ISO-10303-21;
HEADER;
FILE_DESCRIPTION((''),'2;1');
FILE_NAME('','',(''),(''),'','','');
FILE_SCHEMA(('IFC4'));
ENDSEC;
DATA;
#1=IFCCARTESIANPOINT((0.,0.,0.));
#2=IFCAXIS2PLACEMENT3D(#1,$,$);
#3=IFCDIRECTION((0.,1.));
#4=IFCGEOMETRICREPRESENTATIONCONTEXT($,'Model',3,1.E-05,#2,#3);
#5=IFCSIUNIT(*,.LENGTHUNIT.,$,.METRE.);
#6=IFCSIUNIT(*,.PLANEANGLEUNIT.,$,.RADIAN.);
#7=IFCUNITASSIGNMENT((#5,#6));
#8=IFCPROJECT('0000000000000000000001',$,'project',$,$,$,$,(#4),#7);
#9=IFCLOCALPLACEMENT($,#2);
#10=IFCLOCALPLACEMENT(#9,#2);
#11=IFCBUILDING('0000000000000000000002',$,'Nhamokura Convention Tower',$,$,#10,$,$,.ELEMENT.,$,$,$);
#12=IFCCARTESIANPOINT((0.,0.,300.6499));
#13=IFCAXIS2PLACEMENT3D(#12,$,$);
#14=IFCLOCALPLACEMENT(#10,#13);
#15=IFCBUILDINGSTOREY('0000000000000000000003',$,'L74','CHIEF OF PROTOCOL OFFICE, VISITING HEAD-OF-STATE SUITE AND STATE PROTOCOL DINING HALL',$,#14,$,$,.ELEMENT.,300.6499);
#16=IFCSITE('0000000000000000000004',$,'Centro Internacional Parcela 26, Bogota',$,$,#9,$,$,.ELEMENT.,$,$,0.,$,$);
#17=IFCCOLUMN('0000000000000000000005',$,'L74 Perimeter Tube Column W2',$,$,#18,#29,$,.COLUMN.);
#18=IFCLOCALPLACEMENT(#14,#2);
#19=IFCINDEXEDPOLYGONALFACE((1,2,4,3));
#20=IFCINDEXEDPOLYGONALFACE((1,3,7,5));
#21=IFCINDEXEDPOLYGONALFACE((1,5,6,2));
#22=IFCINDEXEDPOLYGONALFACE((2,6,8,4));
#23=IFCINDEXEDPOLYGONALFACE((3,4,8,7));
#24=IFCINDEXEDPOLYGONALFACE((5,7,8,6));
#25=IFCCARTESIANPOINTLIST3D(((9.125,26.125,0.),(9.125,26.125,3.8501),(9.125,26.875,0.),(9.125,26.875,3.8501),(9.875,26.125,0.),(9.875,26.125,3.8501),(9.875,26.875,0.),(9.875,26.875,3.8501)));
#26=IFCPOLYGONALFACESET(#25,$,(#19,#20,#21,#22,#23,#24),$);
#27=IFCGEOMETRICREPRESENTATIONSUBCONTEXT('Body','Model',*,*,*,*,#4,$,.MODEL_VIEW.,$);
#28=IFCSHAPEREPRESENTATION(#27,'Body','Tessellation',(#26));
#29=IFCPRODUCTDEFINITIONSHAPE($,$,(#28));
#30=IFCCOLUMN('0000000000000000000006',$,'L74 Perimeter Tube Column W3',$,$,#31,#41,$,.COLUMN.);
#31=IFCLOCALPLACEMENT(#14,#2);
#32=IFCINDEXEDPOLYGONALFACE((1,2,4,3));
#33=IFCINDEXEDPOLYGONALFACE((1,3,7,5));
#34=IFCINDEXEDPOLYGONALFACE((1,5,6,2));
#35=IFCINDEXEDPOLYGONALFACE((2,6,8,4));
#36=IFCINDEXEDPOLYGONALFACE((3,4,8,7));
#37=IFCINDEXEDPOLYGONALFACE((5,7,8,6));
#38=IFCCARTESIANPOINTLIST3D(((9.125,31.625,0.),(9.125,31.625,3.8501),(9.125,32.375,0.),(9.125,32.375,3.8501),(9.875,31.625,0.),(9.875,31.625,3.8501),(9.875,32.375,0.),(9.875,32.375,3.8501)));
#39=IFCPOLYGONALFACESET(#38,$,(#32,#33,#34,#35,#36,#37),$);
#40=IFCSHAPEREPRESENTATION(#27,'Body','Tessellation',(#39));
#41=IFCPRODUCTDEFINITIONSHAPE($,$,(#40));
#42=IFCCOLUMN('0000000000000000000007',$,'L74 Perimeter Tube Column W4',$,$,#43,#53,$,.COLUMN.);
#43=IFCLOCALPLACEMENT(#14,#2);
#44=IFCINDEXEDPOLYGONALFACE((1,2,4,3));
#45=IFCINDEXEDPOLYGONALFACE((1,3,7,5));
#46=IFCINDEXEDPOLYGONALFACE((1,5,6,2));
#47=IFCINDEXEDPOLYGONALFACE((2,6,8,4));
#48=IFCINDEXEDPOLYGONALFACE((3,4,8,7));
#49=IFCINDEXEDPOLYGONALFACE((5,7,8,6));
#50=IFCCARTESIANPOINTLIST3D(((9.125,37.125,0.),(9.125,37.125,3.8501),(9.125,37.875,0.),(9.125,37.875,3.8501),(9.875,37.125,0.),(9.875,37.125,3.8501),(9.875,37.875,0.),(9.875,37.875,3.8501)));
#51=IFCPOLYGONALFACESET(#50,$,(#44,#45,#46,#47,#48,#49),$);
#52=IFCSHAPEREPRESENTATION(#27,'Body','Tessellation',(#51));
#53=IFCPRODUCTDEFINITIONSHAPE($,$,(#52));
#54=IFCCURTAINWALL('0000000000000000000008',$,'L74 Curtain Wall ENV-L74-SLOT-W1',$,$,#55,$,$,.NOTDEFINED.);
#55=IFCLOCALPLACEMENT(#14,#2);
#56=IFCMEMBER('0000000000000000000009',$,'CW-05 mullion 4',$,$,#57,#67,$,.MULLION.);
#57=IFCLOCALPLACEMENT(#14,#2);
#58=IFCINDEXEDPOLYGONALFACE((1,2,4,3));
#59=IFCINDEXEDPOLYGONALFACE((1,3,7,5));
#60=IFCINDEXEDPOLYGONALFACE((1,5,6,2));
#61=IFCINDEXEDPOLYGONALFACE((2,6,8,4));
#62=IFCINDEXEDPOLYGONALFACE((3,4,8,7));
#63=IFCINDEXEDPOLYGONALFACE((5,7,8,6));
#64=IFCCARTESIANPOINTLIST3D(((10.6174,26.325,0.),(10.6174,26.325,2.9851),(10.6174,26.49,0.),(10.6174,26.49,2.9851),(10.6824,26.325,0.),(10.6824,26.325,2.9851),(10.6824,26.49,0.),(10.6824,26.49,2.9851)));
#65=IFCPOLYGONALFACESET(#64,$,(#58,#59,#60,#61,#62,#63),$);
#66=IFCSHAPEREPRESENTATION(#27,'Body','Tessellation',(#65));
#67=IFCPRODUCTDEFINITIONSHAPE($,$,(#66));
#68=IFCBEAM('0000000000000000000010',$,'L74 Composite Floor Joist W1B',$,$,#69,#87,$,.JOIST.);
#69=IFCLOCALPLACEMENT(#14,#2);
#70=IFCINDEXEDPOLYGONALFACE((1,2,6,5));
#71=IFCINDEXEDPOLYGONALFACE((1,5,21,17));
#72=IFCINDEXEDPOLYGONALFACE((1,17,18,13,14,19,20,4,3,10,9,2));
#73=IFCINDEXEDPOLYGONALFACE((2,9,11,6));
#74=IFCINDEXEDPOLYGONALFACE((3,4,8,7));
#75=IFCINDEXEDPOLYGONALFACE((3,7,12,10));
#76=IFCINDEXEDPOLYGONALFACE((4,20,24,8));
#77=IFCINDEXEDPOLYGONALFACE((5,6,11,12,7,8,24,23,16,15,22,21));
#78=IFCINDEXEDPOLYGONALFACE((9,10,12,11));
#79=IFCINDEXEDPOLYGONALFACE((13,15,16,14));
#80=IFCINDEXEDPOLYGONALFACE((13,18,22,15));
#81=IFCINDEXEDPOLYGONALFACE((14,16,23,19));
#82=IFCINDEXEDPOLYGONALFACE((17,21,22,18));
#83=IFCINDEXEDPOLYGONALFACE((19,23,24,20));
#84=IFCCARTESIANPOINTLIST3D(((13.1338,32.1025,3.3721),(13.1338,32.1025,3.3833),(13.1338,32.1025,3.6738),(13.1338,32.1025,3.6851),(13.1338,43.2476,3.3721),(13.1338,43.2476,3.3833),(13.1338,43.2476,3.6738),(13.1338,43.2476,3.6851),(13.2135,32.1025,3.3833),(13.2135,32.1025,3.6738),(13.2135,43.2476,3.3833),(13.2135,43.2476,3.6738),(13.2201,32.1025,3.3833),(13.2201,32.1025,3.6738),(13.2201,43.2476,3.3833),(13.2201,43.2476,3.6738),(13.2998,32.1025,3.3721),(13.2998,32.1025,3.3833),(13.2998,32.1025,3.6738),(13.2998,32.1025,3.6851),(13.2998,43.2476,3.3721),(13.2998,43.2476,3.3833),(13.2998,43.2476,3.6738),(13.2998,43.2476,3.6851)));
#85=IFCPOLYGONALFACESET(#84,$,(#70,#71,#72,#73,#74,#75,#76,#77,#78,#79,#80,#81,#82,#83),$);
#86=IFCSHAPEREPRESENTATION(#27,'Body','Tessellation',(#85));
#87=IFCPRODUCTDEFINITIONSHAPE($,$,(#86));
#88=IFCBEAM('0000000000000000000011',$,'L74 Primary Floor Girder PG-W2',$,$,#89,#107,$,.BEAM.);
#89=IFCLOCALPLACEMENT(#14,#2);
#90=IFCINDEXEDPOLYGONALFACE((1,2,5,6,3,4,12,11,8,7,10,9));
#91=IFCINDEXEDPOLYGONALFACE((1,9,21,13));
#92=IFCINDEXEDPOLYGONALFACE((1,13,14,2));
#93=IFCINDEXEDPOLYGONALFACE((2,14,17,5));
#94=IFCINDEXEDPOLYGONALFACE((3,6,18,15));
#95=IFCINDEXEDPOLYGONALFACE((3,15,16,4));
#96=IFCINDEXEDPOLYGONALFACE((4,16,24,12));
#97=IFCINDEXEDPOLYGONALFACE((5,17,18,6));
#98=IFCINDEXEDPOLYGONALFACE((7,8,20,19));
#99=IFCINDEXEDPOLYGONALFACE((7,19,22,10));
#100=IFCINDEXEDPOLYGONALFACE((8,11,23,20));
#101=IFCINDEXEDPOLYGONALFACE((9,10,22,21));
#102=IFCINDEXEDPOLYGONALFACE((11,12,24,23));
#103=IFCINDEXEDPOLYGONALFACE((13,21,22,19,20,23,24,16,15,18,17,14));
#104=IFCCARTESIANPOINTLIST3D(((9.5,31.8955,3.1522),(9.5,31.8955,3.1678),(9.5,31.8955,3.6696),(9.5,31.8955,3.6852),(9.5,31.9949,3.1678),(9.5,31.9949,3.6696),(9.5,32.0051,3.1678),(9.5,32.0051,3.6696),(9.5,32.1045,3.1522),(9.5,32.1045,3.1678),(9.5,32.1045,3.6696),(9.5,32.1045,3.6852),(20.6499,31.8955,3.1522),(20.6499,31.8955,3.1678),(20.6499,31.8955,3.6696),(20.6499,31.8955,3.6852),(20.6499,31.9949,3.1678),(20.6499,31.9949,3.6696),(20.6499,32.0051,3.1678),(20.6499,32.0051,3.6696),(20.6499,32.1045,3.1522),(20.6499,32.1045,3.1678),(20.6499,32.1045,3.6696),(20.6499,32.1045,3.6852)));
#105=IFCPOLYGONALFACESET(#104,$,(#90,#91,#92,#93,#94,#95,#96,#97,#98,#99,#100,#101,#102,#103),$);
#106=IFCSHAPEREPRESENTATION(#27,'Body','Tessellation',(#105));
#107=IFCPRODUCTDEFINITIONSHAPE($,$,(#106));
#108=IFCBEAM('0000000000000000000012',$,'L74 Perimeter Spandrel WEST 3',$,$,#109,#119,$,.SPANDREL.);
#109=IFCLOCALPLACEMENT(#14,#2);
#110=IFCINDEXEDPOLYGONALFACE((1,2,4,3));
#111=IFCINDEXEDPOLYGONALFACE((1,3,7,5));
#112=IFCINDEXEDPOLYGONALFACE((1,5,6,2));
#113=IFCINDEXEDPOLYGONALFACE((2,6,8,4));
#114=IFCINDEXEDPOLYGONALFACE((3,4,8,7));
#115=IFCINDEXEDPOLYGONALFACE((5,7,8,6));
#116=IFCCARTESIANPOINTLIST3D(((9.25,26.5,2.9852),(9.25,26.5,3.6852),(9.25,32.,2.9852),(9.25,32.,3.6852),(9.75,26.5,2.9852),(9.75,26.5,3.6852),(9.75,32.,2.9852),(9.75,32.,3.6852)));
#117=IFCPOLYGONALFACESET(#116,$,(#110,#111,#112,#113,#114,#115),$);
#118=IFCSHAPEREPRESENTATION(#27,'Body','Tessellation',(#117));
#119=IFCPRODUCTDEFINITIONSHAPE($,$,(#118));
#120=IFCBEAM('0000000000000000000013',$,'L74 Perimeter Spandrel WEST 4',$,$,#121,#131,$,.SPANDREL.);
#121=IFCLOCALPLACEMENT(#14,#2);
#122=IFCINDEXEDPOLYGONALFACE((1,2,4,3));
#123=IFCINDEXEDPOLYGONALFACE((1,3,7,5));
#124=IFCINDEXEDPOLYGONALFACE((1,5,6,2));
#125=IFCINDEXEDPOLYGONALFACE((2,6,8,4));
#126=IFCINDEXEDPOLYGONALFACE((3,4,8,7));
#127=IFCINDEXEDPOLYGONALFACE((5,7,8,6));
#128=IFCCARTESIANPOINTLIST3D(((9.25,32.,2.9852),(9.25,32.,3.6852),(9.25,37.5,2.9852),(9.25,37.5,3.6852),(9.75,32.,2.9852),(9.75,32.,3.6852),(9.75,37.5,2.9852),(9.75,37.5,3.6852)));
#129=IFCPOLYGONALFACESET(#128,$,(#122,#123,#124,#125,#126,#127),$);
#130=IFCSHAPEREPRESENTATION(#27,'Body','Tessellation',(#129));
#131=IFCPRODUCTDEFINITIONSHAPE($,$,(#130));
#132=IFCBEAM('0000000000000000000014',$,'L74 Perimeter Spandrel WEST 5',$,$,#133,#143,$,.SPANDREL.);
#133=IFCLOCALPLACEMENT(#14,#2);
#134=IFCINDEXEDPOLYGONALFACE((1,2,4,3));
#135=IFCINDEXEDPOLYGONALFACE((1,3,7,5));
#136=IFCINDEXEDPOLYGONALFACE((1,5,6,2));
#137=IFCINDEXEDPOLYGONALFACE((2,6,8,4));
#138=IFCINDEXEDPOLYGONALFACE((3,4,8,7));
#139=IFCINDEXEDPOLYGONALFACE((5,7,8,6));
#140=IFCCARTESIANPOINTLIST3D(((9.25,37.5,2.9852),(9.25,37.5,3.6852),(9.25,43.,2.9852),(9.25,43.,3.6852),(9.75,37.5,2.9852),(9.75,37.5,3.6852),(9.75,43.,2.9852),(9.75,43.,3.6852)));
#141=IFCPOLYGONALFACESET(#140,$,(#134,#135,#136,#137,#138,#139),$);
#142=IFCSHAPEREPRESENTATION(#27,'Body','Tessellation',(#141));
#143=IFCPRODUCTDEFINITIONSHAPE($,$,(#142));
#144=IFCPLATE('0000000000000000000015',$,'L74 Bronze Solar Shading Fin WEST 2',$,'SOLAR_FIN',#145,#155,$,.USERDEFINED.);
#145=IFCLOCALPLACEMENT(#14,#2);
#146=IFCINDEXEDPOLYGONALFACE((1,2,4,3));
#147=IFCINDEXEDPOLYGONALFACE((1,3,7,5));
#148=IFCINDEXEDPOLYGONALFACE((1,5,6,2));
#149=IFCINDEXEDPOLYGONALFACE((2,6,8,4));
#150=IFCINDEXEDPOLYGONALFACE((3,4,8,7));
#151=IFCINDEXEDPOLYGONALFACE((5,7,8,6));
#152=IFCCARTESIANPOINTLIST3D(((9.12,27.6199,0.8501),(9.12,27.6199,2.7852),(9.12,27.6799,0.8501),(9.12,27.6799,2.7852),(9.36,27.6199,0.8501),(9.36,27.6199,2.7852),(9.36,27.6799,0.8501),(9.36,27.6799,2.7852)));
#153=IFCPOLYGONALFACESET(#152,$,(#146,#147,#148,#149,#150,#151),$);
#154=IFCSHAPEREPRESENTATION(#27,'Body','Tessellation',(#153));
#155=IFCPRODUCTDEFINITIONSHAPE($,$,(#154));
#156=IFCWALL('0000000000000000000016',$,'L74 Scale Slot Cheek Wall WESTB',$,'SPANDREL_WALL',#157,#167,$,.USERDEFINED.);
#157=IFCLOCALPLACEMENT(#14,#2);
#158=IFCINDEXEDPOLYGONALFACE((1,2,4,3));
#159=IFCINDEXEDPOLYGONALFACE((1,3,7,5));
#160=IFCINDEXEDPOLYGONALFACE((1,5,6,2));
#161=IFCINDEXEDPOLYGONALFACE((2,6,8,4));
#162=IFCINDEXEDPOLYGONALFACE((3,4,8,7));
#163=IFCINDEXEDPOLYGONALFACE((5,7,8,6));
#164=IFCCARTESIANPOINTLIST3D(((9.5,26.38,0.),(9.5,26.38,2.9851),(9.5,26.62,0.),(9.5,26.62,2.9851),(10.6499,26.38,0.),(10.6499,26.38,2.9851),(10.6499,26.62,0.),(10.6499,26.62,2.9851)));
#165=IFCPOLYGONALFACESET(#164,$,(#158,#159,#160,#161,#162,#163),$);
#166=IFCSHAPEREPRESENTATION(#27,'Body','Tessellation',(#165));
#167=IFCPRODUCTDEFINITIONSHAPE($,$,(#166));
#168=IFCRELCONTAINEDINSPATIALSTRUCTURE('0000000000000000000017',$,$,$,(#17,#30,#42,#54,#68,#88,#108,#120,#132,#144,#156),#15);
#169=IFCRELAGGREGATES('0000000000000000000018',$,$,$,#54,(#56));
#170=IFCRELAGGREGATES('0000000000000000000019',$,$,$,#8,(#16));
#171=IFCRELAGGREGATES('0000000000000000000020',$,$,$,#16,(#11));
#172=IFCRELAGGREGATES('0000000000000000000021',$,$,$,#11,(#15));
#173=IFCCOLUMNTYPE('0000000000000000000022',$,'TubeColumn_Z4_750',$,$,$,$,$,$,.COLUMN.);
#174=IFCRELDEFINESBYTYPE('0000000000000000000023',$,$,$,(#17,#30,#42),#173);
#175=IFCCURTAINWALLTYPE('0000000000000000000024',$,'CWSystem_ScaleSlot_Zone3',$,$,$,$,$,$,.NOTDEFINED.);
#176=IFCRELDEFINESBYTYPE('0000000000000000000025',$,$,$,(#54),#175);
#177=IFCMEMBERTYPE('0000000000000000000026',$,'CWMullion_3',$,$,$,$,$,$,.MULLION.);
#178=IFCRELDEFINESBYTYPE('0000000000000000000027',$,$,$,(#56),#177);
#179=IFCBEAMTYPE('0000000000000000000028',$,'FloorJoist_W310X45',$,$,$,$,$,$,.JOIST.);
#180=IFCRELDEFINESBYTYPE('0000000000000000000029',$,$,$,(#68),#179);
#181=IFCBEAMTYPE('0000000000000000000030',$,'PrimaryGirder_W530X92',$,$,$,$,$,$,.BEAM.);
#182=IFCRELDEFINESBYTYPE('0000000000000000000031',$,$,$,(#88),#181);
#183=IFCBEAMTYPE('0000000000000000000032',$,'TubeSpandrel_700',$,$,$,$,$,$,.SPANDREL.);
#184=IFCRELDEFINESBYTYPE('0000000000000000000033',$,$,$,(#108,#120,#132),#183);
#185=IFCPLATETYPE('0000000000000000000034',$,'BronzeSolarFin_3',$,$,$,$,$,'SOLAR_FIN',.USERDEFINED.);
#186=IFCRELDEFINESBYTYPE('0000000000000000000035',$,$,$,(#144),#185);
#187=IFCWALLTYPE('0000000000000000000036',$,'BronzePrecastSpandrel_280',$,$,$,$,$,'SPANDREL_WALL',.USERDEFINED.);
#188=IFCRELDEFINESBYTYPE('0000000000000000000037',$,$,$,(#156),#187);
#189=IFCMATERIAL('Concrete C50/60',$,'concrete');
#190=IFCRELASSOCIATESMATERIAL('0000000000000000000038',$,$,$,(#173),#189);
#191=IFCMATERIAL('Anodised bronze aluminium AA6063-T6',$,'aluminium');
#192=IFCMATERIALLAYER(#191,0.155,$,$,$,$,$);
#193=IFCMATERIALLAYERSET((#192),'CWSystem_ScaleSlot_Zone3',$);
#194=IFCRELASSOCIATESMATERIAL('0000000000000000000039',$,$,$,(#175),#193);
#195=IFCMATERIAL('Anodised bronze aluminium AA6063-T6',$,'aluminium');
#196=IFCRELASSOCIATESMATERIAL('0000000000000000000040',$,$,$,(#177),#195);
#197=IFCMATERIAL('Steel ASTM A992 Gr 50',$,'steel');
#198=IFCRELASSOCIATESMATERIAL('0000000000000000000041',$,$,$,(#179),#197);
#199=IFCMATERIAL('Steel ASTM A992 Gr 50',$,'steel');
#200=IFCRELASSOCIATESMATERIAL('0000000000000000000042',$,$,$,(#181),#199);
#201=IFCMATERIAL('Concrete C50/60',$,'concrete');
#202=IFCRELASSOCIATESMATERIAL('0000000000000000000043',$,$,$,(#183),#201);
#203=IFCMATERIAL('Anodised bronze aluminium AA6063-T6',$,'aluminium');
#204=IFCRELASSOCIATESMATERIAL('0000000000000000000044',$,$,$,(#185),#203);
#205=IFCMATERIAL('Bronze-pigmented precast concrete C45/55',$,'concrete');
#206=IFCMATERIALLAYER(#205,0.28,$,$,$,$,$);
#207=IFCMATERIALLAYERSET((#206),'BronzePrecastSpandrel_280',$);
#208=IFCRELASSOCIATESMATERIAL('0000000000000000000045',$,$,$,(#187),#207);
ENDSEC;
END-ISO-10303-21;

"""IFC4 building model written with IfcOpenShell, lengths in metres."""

from ifc_helpers import new_model, si_unit, direction, frame, frame_2d, origin, origin_2d, place, context, subcontext, project, spatial, rectangle, i_section, extrude, material, layer, layer_set, material_profile, profile_set, type_object, element, aggregate, save


model = new_model("IFC4")

# Units and contexts
model_context = context("Model", 3, precision=1e-05, world=origin(), true_north=direction((0.0, 1.0)))
body_context = subcontext(model_context, "Body", "Model", "MODEL_VIEW")
ifc_project = project(units=[si_unit("LENGTHUNIT", "METRE"), si_unit("PLANEANGLEUNIT", "RADIAN")], contexts=[model_context])

# Site, building, storey
site_placement = place(None, origin())
site = spatial("IfcSite", under=ifc_project, at=site_placement, Name="Centro Internacional Parcela 26, Bogota", CompositionType="ELEMENT", RefElevation=0.0)
building_placement = place(site_placement, origin())
building = spatial("IfcBuilding", under=site, at=building_placement, Name="Nhamokura Convention Tower", CompositionType="ELEMENT")
storey_placement = place(building_placement, frame((0.0, 0.0, 300.6499)))
storey = spatial("IfcBuildingStorey", under=building, at=storey_placement, Name="L74", Description="CHIEF OF PROTOCOL OFFICE, VISITING HEAD-OF-STATE SUITE AND STATE PROTOCOL DINING HALL", CompositionType="ELEMENT", Elevation=300.6499)

# Columns
ifc_material_1 = material(Name="Concrete C50/60", Category="concrete")
ifc_material_profile_1 = material_profile(ifc_material_1, rectangle(XDim=0.75, YDim=0.75, at=origin_2d()))
ifc_profile_set_1 = profile_set([ifc_material_profile_1], Name="Concrete C50/60")
column_type = type_object("IfcColumnType", Name="TubeColumn_Z4_750", PredefinedType="COLUMN", material=ifc_profile_set_1)
for number, where, z_axis, x_axis, name in (
    (1, (9.5, 26.5, 0.0), (0.0, 0.0, 1.0), (1.0, 0.0, 0.0), "L74 Perimeter Tube Column W2"),
    (2, (9.5, 32.0, 0.0), (0.0, 0.0, 1.0), (1.0, 0.0, 0.0), "L74 Perimeter Tube Column W3"),
    (3, (9.5, 37.5, 0.0), (0.0, 0.0, 1.0), (1.0, 0.0, 0.0), "L74 Perimeter Tube Column W4"),
):
    element("IfcColumn", number, at=place(storey_placement, frame(where, z_axis=z_axis, x_axis=x_axis)), inside=storey, type_object=column_type, Name=name, PredefinedType="COLUMN", context=body_context, shape_type="SweptSolid", body=[
        extrude(rectangle(XDim=0.75, YDim=0.75, at=origin_2d()), origin(), (0.0, 0.0, 1.0), 3.8501),
    ])

# Curtain wall, member
ifc_material_2 = material(Name="Anodised bronze aluminium AA6063-T6", Category="aluminium")
ifc_layer_1 = layer(ifc_material_2, 0.155)
ifc_layer_set_1 = layer_set([ifc_layer_1], Name="CWSystem_ScaleSlot_Zone3")
curtain_wall_type = type_object("IfcCurtainWallType", Name="CWSystem_ScaleSlot_Zone3", PredefinedType="NOTDEFINED", material=ifc_layer_set_1)
curtain_wall_placement = place(storey_placement, origin())
curtain_wall = element("IfcCurtainWall", 4, at=curtain_wall_placement, inside=storey, type_object=curtain_wall_type, Name="L74 Curtain Wall ENV-L74-SLOT-W1", PredefinedType="NOTDEFINED")
ifc_material_3 = material(Name="Anodised bronze aluminium AA6063-T6", Category="aluminium")
ifc_material_profile_2 = material_profile(ifc_material_3, rectangle(XDim=0.0649, YDim=0.165, at=origin_2d()))
ifc_profile_set_2 = profile_set([ifc_material_profile_2], Name="Anodised bronze aluminium AA6063-T6")
member_type = type_object("IfcMemberType", Name="CWMullion_3", PredefinedType="MULLION", material=ifc_profile_set_2)
member_placement = place(storey_placement, frame((10.6499, 26.4075, 0.0), z_axis=(0.0, 0.0, 1.0), x_axis=(-1.0, 0.0, 0.0)))
member = element("IfcMember", 5, at=member_placement, type_object=member_type, Name="CW-05 mullion 4", PredefinedType="MULLION", context=body_context, shape_type="SweptSolid", body=[
    extrude(rectangle(XDim=0.0649, YDim=0.165, at=origin_2d()), origin(), (0.0, 0.0, 1.0), 2.9851),
])
aggregate(curtain_wall, [member])

# Beams
ifc_material_4 = material(Name="Steel ASTM A992 Gr 50", Category="steel")
ifc_material_profile_3 = material_profile(ifc_material_4, i_section(OverallWidth=0.166, OverallDepth=0.313, WebThickness=0.0066, FlangeThickness=0.0112, at=origin_2d()))
ifc_profile_set_3 = profile_set([ifc_material_profile_3], Name="Steel ASTM A992 Gr 50")
beam_type_1 = type_object("IfcBeamType", Name="FloorJoist_W310X45", PredefinedType="JOIST", material=ifc_profile_set_3)
beam_1_placement = place(storey_placement, frame((13.2168, 32.1025, 3.5286), z_axis=(0.0, 1.0, 0.0), x_axis=(-1.0, 0.0, 0.0)))
element("IfcBeam", 6, at=beam_1_placement, inside=storey, type_object=beam_type_1, Name="L74 Composite Floor Joist W1B", PredefinedType="JOIST", context=body_context, shape_type="SweptSolid", body=[
    extrude(i_section(OverallWidth=0.166, OverallDepth=0.313, WebThickness=0.0066, FlangeThickness=0.0112, at=origin_2d()), origin(), (0.0, 0.0, 1.0), 11.145),
])
ifc_material_5 = material(Name="Steel ASTM A992 Gr 50", Category="steel")
ifc_material_profile_4 = material_profile(ifc_material_5, i_section(OverallWidth=0.209, OverallDepth=0.533, WebThickness=0.0103, FlangeThickness=0.0156, at=origin_2d()))
ifc_profile_set_4 = profile_set([ifc_material_profile_4], Name="Steel ASTM A992 Gr 50")
beam_type_2 = type_object("IfcBeamType", Name="PrimaryGirder_W530X92", PredefinedType="BEAM", material=ifc_profile_set_4)
beam_2_placement = place(storey_placement, frame((9.5, 32.0, 3.4187), z_axis=(1.0, 0.0, 0.0), x_axis=(0.0, 1.0, 0.0)))
element("IfcBeam", 7, at=beam_2_placement, inside=storey, type_object=beam_type_2, Name="L74 Primary Floor Girder PG-W2", PredefinedType="BEAM", context=body_context, shape_type="SweptSolid", body=[
    extrude(i_section(OverallWidth=0.209, OverallDepth=0.533, WebThickness=0.0103, FlangeThickness=0.0156, at=origin_2d()), origin(), (0.0, 0.0, 1.0), 11.1499),
])
ifc_material_6 = material(Name="Concrete C50/60", Category="concrete")
ifc_material_profile_5 = material_profile(ifc_material_6, rectangle(XDim=0.5, YDim=0.7, at=origin_2d()))
ifc_profile_set_5 = profile_set([ifc_material_profile_5], Name="Concrete C50/60")
beam_type_3 = type_object("IfcBeamType", Name="TubeSpandrel_700", PredefinedType="SPANDREL", material=ifc_profile_set_5)
for number, where, z_axis, x_axis, name in (
    (8, (9.5, 26.5, 3.3352), (0.0, 1.0, 0.0), (-1.0, 0.0, 0.0), "L74 Perimeter Spandrel WEST 3"),
    (9, (9.5, 32.0, 3.3352), (0.0, 1.0, 0.0), (-1.0, 0.0, 0.0), "L74 Perimeter Spandrel WEST 4"),
    (10, (9.5, 37.5, 3.3352), (0.0, 1.0, 0.0), (-1.0, 0.0, 0.0), "L74 Perimeter Spandrel WEST 5"),
):
    element("IfcBeam", number, at=place(storey_placement, frame(where, z_axis=z_axis, x_axis=x_axis)), inside=storey, type_object=beam_type_3, Name=name, PredefinedType="SPANDREL", context=body_context, shape_type="SweptSolid", body=[
        extrude(rectangle(XDim=0.5, YDim=0.7, at=origin_2d()), origin(), (0.0, 0.0, 1.0), 5.5),
    ])

# Plate
ifc_material_7 = material(Name="Anodised bronze aluminium AA6063-T6", Category="aluminium")
plate_type = type_object("IfcPlateType", Name="BronzeSolarFin_3", ElementType="SOLAR_FIN", PredefinedType="USERDEFINED", material=ifc_material_7)
plate_placement = place(storey_placement, frame((9.24, 27.6499, 0.8501), z_axis=(0.0, 0.0, 1.0), x_axis=(1.0, 0.0, 0.0)))
element("IfcPlate", 11, at=plate_placement, inside=storey, type_object=plate_type, Name="L74 Bronze Solar Shading Fin WEST 2", ObjectType="SOLAR_FIN", PredefinedType="USERDEFINED", context=body_context, shape_type="SweptSolid", body=[
    extrude(rectangle(XDim=0.24, YDim=0.0601, at=origin_2d()), origin(), (0.0, 0.0, 1.0), 1.9351),
])

# Wall
ifc_material_8 = material(Name="Bronze-pigmented precast concrete C45/55", Category="concrete")
ifc_layer_2 = layer(ifc_material_8, 0.28)
ifc_layer_set_2 = layer_set([ifc_layer_2], Name="BronzePrecastSpandrel_280")
wall_type_1 = type_object("IfcWallType", Name="BronzePrecastSpandrel_280", ElementType="SPANDREL_WALL", PredefinedType="USERDEFINED", material=ifc_layer_set_2)
wall_1_placement = place(storey_placement, frame((9.5, 26.5, 0.0), z_axis=(0.0, 0.0, 1.0), x_axis=(1.0, 0.0, 0.0)))
element("IfcWall", 12, at=wall_1_placement, inside=storey, type_object=wall_type_1, Name="L74 Scale Slot Cheek Wall WESTB", ObjectType="SPANDREL_WALL", PredefinedType="USERDEFINED", context=body_context, shape_type="SweptSolid", body=[
    extrude(rectangle(XDim=1.1499, YDim=0.24, at=frame_2d((0.575, 0.0))), origin(), (0.0, 0.0, 1.0), 2.9851),
])

save(model, "model.ifc")
